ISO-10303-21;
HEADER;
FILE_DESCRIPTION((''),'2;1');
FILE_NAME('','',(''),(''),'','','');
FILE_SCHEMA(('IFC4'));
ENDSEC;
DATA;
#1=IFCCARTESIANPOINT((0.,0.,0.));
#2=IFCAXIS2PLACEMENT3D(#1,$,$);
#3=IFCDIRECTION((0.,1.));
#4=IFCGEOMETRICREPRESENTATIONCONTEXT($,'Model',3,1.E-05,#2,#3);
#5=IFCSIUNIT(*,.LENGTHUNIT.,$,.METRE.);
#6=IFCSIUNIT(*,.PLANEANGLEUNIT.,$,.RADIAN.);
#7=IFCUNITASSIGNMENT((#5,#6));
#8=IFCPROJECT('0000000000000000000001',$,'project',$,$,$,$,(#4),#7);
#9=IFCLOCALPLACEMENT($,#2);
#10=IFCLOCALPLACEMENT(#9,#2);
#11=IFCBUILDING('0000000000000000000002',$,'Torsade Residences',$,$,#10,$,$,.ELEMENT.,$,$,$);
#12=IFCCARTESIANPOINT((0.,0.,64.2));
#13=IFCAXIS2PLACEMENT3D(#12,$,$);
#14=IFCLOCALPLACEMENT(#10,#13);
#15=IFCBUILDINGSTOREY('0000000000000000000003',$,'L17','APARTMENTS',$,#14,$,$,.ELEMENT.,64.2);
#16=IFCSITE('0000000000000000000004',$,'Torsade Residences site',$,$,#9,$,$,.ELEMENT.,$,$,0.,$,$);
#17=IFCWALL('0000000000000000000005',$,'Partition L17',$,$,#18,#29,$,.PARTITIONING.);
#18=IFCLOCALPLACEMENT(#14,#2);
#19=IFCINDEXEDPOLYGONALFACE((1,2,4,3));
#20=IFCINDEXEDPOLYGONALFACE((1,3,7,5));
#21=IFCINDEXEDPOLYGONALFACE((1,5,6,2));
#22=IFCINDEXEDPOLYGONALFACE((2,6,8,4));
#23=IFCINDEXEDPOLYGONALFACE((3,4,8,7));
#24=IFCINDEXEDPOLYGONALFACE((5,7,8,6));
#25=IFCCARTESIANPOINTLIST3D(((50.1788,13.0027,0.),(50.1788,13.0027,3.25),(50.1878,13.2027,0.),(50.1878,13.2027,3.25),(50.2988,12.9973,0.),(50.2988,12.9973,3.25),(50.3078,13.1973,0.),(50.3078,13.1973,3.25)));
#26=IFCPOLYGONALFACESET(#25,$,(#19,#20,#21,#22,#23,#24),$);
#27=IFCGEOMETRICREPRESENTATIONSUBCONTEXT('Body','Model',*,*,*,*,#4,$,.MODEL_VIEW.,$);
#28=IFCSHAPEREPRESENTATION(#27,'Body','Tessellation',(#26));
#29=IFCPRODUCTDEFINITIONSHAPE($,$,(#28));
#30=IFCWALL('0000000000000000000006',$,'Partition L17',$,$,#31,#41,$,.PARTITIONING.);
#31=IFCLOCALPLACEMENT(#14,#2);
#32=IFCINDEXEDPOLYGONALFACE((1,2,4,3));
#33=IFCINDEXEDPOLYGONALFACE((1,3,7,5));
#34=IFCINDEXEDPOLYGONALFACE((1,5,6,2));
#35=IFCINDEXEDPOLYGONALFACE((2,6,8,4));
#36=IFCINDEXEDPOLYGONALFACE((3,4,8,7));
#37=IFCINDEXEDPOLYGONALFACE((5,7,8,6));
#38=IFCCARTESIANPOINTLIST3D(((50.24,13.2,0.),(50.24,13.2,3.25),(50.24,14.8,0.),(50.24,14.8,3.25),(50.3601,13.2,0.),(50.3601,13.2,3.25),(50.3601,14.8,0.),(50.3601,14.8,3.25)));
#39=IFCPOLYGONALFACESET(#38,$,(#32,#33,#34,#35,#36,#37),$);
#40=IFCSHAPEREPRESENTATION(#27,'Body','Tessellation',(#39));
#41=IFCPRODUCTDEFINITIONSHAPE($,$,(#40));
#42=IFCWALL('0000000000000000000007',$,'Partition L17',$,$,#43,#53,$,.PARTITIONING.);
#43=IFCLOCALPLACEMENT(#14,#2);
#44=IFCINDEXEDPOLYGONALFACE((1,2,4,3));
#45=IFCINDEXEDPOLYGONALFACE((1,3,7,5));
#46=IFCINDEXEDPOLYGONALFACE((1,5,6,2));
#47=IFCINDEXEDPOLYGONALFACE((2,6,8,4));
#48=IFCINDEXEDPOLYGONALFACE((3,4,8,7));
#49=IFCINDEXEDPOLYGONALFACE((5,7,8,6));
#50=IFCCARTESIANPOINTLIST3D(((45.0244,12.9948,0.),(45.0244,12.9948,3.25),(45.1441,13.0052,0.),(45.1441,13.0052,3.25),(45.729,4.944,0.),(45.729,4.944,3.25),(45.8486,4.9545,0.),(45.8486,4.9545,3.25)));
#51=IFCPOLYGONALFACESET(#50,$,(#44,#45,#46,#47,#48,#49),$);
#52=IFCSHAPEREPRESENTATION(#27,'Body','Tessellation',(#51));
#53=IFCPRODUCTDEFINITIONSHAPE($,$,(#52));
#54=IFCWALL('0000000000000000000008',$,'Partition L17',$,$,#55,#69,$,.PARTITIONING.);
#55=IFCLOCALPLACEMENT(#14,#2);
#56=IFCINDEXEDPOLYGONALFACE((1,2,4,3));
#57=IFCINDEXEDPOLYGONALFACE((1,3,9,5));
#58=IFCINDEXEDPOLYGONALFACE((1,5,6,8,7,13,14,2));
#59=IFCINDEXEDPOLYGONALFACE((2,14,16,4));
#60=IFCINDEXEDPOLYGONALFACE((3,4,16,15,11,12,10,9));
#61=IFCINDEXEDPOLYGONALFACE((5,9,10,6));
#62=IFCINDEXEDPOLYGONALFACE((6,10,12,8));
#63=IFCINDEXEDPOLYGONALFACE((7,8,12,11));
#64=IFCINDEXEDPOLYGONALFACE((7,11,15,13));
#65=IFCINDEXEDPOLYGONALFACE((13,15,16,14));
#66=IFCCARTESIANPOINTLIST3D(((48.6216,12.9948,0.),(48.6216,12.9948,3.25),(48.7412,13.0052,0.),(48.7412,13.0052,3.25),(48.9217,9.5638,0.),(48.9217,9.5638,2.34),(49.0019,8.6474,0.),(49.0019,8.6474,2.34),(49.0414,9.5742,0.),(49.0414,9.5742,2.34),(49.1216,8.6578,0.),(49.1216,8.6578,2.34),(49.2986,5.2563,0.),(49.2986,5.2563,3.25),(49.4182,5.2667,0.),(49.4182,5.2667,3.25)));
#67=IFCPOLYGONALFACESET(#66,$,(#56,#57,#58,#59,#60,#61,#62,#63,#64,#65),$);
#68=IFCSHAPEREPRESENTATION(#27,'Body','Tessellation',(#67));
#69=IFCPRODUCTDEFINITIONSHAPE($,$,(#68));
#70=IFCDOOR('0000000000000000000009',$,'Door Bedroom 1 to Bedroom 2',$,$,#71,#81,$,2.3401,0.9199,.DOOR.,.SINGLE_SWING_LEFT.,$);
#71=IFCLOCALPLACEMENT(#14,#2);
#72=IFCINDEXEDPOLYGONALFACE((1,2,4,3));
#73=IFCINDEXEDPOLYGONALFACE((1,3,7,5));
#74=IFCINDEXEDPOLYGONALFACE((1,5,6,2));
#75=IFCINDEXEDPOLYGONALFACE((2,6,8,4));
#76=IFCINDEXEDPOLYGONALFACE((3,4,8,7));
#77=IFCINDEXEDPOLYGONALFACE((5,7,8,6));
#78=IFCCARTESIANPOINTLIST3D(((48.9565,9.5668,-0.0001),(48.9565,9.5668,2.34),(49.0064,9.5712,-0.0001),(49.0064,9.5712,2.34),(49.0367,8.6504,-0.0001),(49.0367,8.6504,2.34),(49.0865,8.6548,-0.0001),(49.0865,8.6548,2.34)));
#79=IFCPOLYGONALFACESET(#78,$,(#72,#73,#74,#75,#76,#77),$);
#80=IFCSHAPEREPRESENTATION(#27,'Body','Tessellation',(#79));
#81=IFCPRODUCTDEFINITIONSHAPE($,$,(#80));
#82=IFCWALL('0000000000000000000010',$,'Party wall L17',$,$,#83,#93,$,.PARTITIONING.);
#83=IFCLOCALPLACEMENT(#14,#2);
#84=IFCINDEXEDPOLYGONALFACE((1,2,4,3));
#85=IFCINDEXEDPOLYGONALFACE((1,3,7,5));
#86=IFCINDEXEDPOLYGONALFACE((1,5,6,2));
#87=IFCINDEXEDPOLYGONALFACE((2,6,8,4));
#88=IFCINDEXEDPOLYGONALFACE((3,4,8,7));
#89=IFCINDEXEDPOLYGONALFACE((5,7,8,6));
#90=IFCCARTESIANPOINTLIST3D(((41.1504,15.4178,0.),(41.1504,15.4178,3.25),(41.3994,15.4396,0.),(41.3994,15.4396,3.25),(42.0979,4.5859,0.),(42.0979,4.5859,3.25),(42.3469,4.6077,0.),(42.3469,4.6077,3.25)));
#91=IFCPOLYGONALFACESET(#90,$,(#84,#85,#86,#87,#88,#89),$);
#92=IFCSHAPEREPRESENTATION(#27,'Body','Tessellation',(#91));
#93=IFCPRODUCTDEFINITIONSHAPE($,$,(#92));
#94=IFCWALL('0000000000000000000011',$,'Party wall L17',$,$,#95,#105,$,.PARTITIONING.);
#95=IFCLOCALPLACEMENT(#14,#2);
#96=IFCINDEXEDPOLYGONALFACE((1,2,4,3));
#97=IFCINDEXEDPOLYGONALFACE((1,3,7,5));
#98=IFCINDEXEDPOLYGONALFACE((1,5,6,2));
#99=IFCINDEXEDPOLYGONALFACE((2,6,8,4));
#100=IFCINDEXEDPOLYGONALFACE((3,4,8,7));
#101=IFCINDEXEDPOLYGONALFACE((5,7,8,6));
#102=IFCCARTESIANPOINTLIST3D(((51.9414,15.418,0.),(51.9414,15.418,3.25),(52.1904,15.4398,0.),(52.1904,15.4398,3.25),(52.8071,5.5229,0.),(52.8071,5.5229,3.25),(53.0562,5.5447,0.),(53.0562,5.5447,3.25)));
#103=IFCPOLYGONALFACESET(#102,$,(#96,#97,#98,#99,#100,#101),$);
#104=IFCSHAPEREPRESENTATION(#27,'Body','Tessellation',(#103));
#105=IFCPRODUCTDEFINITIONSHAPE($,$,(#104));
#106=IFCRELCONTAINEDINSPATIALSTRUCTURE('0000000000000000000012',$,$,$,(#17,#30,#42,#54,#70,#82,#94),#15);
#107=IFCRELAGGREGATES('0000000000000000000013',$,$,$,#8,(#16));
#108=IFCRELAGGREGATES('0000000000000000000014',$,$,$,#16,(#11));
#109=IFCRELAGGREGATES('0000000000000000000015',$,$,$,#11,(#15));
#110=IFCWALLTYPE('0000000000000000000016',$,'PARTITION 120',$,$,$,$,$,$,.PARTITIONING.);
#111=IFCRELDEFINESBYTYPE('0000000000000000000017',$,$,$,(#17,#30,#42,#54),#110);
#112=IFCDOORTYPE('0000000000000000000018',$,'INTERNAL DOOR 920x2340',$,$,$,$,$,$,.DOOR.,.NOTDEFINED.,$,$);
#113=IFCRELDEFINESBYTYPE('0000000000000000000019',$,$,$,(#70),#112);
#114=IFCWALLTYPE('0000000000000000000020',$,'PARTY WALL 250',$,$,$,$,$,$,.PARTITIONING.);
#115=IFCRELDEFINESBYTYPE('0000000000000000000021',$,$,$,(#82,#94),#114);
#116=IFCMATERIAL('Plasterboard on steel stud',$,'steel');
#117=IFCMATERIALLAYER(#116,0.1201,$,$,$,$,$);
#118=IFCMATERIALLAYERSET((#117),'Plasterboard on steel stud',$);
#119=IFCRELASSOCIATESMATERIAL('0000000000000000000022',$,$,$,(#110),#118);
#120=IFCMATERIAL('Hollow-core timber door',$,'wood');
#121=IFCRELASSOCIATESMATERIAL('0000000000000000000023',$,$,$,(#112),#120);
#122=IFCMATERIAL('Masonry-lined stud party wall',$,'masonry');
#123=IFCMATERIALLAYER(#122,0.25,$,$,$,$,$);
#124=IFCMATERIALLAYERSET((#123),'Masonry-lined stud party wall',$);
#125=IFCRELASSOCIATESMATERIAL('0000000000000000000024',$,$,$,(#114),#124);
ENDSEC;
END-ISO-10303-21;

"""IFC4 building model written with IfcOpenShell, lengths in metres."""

from ifc_helpers import new_model, si_unit, direction, frame, frame_2d, origin, place, context, subcontext, project, spatial, rectangle, extrude, material, layer, layer_set, type_object, element, fill, save


model = new_model("IFC4")

# Units and contexts
model_context = context("Model", 3, precision=1e-05, world=origin(), true_north=direction((0.0, 1.0)))
body_context = subcontext(model_context, "Body", "Model", "MODEL_VIEW")
ifc_project = project(units=[si_unit("LENGTHUNIT", "METRE"), si_unit("PLANEANGLEUNIT", "RADIAN")], contexts=[model_context])

# Site, building, storey
site_placement = place(None, origin())
site = spatial("IfcSite", under=ifc_project, at=site_placement, Name="Torsade Residences site", CompositionType="ELEMENT", RefElevation=0.0)
building_placement = place(site_placement, origin())
building = spatial("IfcBuilding", under=site, at=building_placement, Name="Torsade Residences", CompositionType="ELEMENT")
storey_placement = place(building_placement, frame((0.0, 0.0, 64.2)))
storey = spatial("IfcBuildingStorey", under=building, at=storey_placement, Name="L17", Description="APARTMENTS", CompositionType="ELEMENT", Elevation=64.2)

# Shared definitions
ifc_material_1 = material(Name="Plasterboard on steel stud", Category="steel")
ifc_layer_1 = layer(ifc_material_1, 0.1201)
ifc_layer_set_1 = layer_set([ifc_layer_1], Name="Plasterboard on steel stud")
wall_type_1 = type_object("IfcWallType", Name="PARTITION 120", PredefinedType="PARTITIONING", material=ifc_layer_set_1)
ifc_material_2 = material(Name="Hollow-core timber door", Category="wood")
door_type_1 = type_object("IfcDoorType", Name="INTERNAL DOOR 920x2340", OperationType="NOTDEFINED", PredefinedType="DOOR", material=ifc_material_2)

# Walls
wall_1_placement = place(storey_placement, frame((50.2388, 13.0, 0.0), z_axis=(0.0, 0.0, 1.0), x_axis=(0.045131, 0.998981, 0.0)))
element("IfcWall", 1, at=wall_1_placement, inside=storey, type_object=wall_type_1, Name="Partition L17", PredefinedType="PARTITIONING", context=body_context, shape_type="SweptSolid", body=[
    extrude(rectangle(XDim=0.2002, YDim=0.1201, at=frame_2d((0.1001, 0.0))), origin(), (0.0, 0.0, 1.0), 3.25),
])
wall_2_placement = place(storey_placement, frame((50.3, 13.2, 0.0), z_axis=(0.0, 0.0, 1.0), x_axis=(0.0, 1.0, 0.0)))
element("IfcWall", 2, at=wall_2_placement, inside=storey, type_object=wall_type_1, Name="Partition L17", PredefinedType="PARTITIONING", context=body_context, shape_type="SweptSolid", body=[
    extrude(rectangle(XDim=1.6001, YDim=0.1201, at=frame_2d((0.8, 0.0))), origin(), (0.0, 0.0, 1.0), 3.25),
])
wall_3_placement = place(storey_placement, frame((45.0842, 13.0, 0.0), z_axis=(0.0, 0.0, 1.0), x_axis=(0.087185, -0.996192, 0.0)))
element("IfcWall", 3, at=wall_3_placement, inside=storey, type_object=wall_type_1, Name="Partition L17", PredefinedType="PARTITIONING", context=body_context, shape_type="SweptSolid", body=[
    extrude(rectangle(XDim=8.0815, YDim=0.1201, at=frame_2d((4.0408, 0.0))), origin(), (0.0, 0.0, 1.0), 3.25),
])

# Wall, opening, door
wall_4_placement = place(storey_placement, frame((48.6814, 13.0, 0.0), z_axis=(0.0, 0.0, 1.0), x_axis=(0.087152, -0.996195, 0.0)))
wall_4 = element("IfcWall", 4, at=wall_4_placement, inside=storey, type_object=wall_type_1, Name="Partition L17", PredefinedType="PARTITIONING", context=body_context, shape_type="SweptSolid", body=[
    extrude(rectangle(XDim=7.7681, YDim=0.1201, at=frame_2d((3.884, 0.0))), origin(), (0.0, 0.0, 1.0), 3.25),
])
opening_1_placement = place(wall_4_placement, frame((3.4441, 0.0, 0.0)))
opening_1 = element("IfcOpeningElement", 5, at=opening_1_placement, cuts=wall_4, PredefinedType="OPENING", context=body_context, shape_type="SweptSolid", body=[
    extrude(rectangle(XDim=0.9199, YDim=2.3401, at=frame_2d((0.46, 1.1699))), frame((0.0, 0.0701, 0.0), z_axis=(0.0, -1.0, 0.0), x_axis=(1.0, 0.0, 0.0)), (0.0, 0.0, 1.0), 0.1401),
])
door_1_placement = place(opening_1_placement, origin())
door_1 = element("IfcDoor", 6, at=door_1_placement, inside=storey, type_object=door_type_1, Name="Door Bedroom 1 to Bedroom 2", OperationType="SINGLE_SWING_LEFT", OverallHeight=2.3401, OverallWidth=0.9199, PredefinedType="DOOR", context=body_context, shape_type="SweptSolid", body=[
    extrude(rectangle(XDim=0.9199, YDim=2.3401, at=frame_2d((0.46, 1.1699))), frame((0.0, 0.0249, 0.0), z_axis=(0.0, -1.0, 0.0), x_axis=(1.0, 0.0, 0.0)), (0.0, 0.0, 1.0), 0.05),
])
fill(opening_1, door_1)

# Walls
ifc_material_3 = material(Name="Masonry-lined stud party wall", Category="masonry")
ifc_layer_2 = layer(ifc_material_3, 0.25)
ifc_layer_set_2 = layer_set([ifc_layer_2], Name="Masonry-lined stud party wall")
wall_type_2 = type_object("IfcWallType", Name="PARTY WALL 250", PredefinedType="PARTITIONING", material=ifc_layer_set_2)
wall_5_placement = place(storey_placement, frame((42.2224, 4.5969, 0.0), z_axis=(0.0, 0.0, 1.0), x_axis=(-0.08714, 0.996196, 0.0)))
element("IfcWall", 7, at=wall_5_placement, inside=storey, type_object=wall_type_2, Name="Party wall L17", PredefinedType="PARTITIONING", context=body_context, shape_type="SweptSolid", body=[
    extrude(rectangle(XDim=10.8733, YDim=0.25, at=frame_2d((5.4365, 0.0))), origin(), (0.0, 0.0, 1.0), 3.25),
])
wall_6_placement = place(storey_placement, frame((52.9316, 5.5339, 0.0), z_axis=(0.0, 0.0, 1.0), x_axis=(-0.087158, 0.996195, 0.0)))
element("IfcWall", 8, at=wall_6_placement, inside=storey, type_object=wall_type_2, Name="Party wall L17", PredefinedType="PARTITIONING", context=body_context, shape_type="SweptSolid", body=[
    extrude(rectangle(XDim=9.9329, YDim=0.25, at=frame_2d((4.9663, 0.0))), origin(), (0.0, 0.0, 1.0), 3.25),
])

save(model, "model.ifc")
